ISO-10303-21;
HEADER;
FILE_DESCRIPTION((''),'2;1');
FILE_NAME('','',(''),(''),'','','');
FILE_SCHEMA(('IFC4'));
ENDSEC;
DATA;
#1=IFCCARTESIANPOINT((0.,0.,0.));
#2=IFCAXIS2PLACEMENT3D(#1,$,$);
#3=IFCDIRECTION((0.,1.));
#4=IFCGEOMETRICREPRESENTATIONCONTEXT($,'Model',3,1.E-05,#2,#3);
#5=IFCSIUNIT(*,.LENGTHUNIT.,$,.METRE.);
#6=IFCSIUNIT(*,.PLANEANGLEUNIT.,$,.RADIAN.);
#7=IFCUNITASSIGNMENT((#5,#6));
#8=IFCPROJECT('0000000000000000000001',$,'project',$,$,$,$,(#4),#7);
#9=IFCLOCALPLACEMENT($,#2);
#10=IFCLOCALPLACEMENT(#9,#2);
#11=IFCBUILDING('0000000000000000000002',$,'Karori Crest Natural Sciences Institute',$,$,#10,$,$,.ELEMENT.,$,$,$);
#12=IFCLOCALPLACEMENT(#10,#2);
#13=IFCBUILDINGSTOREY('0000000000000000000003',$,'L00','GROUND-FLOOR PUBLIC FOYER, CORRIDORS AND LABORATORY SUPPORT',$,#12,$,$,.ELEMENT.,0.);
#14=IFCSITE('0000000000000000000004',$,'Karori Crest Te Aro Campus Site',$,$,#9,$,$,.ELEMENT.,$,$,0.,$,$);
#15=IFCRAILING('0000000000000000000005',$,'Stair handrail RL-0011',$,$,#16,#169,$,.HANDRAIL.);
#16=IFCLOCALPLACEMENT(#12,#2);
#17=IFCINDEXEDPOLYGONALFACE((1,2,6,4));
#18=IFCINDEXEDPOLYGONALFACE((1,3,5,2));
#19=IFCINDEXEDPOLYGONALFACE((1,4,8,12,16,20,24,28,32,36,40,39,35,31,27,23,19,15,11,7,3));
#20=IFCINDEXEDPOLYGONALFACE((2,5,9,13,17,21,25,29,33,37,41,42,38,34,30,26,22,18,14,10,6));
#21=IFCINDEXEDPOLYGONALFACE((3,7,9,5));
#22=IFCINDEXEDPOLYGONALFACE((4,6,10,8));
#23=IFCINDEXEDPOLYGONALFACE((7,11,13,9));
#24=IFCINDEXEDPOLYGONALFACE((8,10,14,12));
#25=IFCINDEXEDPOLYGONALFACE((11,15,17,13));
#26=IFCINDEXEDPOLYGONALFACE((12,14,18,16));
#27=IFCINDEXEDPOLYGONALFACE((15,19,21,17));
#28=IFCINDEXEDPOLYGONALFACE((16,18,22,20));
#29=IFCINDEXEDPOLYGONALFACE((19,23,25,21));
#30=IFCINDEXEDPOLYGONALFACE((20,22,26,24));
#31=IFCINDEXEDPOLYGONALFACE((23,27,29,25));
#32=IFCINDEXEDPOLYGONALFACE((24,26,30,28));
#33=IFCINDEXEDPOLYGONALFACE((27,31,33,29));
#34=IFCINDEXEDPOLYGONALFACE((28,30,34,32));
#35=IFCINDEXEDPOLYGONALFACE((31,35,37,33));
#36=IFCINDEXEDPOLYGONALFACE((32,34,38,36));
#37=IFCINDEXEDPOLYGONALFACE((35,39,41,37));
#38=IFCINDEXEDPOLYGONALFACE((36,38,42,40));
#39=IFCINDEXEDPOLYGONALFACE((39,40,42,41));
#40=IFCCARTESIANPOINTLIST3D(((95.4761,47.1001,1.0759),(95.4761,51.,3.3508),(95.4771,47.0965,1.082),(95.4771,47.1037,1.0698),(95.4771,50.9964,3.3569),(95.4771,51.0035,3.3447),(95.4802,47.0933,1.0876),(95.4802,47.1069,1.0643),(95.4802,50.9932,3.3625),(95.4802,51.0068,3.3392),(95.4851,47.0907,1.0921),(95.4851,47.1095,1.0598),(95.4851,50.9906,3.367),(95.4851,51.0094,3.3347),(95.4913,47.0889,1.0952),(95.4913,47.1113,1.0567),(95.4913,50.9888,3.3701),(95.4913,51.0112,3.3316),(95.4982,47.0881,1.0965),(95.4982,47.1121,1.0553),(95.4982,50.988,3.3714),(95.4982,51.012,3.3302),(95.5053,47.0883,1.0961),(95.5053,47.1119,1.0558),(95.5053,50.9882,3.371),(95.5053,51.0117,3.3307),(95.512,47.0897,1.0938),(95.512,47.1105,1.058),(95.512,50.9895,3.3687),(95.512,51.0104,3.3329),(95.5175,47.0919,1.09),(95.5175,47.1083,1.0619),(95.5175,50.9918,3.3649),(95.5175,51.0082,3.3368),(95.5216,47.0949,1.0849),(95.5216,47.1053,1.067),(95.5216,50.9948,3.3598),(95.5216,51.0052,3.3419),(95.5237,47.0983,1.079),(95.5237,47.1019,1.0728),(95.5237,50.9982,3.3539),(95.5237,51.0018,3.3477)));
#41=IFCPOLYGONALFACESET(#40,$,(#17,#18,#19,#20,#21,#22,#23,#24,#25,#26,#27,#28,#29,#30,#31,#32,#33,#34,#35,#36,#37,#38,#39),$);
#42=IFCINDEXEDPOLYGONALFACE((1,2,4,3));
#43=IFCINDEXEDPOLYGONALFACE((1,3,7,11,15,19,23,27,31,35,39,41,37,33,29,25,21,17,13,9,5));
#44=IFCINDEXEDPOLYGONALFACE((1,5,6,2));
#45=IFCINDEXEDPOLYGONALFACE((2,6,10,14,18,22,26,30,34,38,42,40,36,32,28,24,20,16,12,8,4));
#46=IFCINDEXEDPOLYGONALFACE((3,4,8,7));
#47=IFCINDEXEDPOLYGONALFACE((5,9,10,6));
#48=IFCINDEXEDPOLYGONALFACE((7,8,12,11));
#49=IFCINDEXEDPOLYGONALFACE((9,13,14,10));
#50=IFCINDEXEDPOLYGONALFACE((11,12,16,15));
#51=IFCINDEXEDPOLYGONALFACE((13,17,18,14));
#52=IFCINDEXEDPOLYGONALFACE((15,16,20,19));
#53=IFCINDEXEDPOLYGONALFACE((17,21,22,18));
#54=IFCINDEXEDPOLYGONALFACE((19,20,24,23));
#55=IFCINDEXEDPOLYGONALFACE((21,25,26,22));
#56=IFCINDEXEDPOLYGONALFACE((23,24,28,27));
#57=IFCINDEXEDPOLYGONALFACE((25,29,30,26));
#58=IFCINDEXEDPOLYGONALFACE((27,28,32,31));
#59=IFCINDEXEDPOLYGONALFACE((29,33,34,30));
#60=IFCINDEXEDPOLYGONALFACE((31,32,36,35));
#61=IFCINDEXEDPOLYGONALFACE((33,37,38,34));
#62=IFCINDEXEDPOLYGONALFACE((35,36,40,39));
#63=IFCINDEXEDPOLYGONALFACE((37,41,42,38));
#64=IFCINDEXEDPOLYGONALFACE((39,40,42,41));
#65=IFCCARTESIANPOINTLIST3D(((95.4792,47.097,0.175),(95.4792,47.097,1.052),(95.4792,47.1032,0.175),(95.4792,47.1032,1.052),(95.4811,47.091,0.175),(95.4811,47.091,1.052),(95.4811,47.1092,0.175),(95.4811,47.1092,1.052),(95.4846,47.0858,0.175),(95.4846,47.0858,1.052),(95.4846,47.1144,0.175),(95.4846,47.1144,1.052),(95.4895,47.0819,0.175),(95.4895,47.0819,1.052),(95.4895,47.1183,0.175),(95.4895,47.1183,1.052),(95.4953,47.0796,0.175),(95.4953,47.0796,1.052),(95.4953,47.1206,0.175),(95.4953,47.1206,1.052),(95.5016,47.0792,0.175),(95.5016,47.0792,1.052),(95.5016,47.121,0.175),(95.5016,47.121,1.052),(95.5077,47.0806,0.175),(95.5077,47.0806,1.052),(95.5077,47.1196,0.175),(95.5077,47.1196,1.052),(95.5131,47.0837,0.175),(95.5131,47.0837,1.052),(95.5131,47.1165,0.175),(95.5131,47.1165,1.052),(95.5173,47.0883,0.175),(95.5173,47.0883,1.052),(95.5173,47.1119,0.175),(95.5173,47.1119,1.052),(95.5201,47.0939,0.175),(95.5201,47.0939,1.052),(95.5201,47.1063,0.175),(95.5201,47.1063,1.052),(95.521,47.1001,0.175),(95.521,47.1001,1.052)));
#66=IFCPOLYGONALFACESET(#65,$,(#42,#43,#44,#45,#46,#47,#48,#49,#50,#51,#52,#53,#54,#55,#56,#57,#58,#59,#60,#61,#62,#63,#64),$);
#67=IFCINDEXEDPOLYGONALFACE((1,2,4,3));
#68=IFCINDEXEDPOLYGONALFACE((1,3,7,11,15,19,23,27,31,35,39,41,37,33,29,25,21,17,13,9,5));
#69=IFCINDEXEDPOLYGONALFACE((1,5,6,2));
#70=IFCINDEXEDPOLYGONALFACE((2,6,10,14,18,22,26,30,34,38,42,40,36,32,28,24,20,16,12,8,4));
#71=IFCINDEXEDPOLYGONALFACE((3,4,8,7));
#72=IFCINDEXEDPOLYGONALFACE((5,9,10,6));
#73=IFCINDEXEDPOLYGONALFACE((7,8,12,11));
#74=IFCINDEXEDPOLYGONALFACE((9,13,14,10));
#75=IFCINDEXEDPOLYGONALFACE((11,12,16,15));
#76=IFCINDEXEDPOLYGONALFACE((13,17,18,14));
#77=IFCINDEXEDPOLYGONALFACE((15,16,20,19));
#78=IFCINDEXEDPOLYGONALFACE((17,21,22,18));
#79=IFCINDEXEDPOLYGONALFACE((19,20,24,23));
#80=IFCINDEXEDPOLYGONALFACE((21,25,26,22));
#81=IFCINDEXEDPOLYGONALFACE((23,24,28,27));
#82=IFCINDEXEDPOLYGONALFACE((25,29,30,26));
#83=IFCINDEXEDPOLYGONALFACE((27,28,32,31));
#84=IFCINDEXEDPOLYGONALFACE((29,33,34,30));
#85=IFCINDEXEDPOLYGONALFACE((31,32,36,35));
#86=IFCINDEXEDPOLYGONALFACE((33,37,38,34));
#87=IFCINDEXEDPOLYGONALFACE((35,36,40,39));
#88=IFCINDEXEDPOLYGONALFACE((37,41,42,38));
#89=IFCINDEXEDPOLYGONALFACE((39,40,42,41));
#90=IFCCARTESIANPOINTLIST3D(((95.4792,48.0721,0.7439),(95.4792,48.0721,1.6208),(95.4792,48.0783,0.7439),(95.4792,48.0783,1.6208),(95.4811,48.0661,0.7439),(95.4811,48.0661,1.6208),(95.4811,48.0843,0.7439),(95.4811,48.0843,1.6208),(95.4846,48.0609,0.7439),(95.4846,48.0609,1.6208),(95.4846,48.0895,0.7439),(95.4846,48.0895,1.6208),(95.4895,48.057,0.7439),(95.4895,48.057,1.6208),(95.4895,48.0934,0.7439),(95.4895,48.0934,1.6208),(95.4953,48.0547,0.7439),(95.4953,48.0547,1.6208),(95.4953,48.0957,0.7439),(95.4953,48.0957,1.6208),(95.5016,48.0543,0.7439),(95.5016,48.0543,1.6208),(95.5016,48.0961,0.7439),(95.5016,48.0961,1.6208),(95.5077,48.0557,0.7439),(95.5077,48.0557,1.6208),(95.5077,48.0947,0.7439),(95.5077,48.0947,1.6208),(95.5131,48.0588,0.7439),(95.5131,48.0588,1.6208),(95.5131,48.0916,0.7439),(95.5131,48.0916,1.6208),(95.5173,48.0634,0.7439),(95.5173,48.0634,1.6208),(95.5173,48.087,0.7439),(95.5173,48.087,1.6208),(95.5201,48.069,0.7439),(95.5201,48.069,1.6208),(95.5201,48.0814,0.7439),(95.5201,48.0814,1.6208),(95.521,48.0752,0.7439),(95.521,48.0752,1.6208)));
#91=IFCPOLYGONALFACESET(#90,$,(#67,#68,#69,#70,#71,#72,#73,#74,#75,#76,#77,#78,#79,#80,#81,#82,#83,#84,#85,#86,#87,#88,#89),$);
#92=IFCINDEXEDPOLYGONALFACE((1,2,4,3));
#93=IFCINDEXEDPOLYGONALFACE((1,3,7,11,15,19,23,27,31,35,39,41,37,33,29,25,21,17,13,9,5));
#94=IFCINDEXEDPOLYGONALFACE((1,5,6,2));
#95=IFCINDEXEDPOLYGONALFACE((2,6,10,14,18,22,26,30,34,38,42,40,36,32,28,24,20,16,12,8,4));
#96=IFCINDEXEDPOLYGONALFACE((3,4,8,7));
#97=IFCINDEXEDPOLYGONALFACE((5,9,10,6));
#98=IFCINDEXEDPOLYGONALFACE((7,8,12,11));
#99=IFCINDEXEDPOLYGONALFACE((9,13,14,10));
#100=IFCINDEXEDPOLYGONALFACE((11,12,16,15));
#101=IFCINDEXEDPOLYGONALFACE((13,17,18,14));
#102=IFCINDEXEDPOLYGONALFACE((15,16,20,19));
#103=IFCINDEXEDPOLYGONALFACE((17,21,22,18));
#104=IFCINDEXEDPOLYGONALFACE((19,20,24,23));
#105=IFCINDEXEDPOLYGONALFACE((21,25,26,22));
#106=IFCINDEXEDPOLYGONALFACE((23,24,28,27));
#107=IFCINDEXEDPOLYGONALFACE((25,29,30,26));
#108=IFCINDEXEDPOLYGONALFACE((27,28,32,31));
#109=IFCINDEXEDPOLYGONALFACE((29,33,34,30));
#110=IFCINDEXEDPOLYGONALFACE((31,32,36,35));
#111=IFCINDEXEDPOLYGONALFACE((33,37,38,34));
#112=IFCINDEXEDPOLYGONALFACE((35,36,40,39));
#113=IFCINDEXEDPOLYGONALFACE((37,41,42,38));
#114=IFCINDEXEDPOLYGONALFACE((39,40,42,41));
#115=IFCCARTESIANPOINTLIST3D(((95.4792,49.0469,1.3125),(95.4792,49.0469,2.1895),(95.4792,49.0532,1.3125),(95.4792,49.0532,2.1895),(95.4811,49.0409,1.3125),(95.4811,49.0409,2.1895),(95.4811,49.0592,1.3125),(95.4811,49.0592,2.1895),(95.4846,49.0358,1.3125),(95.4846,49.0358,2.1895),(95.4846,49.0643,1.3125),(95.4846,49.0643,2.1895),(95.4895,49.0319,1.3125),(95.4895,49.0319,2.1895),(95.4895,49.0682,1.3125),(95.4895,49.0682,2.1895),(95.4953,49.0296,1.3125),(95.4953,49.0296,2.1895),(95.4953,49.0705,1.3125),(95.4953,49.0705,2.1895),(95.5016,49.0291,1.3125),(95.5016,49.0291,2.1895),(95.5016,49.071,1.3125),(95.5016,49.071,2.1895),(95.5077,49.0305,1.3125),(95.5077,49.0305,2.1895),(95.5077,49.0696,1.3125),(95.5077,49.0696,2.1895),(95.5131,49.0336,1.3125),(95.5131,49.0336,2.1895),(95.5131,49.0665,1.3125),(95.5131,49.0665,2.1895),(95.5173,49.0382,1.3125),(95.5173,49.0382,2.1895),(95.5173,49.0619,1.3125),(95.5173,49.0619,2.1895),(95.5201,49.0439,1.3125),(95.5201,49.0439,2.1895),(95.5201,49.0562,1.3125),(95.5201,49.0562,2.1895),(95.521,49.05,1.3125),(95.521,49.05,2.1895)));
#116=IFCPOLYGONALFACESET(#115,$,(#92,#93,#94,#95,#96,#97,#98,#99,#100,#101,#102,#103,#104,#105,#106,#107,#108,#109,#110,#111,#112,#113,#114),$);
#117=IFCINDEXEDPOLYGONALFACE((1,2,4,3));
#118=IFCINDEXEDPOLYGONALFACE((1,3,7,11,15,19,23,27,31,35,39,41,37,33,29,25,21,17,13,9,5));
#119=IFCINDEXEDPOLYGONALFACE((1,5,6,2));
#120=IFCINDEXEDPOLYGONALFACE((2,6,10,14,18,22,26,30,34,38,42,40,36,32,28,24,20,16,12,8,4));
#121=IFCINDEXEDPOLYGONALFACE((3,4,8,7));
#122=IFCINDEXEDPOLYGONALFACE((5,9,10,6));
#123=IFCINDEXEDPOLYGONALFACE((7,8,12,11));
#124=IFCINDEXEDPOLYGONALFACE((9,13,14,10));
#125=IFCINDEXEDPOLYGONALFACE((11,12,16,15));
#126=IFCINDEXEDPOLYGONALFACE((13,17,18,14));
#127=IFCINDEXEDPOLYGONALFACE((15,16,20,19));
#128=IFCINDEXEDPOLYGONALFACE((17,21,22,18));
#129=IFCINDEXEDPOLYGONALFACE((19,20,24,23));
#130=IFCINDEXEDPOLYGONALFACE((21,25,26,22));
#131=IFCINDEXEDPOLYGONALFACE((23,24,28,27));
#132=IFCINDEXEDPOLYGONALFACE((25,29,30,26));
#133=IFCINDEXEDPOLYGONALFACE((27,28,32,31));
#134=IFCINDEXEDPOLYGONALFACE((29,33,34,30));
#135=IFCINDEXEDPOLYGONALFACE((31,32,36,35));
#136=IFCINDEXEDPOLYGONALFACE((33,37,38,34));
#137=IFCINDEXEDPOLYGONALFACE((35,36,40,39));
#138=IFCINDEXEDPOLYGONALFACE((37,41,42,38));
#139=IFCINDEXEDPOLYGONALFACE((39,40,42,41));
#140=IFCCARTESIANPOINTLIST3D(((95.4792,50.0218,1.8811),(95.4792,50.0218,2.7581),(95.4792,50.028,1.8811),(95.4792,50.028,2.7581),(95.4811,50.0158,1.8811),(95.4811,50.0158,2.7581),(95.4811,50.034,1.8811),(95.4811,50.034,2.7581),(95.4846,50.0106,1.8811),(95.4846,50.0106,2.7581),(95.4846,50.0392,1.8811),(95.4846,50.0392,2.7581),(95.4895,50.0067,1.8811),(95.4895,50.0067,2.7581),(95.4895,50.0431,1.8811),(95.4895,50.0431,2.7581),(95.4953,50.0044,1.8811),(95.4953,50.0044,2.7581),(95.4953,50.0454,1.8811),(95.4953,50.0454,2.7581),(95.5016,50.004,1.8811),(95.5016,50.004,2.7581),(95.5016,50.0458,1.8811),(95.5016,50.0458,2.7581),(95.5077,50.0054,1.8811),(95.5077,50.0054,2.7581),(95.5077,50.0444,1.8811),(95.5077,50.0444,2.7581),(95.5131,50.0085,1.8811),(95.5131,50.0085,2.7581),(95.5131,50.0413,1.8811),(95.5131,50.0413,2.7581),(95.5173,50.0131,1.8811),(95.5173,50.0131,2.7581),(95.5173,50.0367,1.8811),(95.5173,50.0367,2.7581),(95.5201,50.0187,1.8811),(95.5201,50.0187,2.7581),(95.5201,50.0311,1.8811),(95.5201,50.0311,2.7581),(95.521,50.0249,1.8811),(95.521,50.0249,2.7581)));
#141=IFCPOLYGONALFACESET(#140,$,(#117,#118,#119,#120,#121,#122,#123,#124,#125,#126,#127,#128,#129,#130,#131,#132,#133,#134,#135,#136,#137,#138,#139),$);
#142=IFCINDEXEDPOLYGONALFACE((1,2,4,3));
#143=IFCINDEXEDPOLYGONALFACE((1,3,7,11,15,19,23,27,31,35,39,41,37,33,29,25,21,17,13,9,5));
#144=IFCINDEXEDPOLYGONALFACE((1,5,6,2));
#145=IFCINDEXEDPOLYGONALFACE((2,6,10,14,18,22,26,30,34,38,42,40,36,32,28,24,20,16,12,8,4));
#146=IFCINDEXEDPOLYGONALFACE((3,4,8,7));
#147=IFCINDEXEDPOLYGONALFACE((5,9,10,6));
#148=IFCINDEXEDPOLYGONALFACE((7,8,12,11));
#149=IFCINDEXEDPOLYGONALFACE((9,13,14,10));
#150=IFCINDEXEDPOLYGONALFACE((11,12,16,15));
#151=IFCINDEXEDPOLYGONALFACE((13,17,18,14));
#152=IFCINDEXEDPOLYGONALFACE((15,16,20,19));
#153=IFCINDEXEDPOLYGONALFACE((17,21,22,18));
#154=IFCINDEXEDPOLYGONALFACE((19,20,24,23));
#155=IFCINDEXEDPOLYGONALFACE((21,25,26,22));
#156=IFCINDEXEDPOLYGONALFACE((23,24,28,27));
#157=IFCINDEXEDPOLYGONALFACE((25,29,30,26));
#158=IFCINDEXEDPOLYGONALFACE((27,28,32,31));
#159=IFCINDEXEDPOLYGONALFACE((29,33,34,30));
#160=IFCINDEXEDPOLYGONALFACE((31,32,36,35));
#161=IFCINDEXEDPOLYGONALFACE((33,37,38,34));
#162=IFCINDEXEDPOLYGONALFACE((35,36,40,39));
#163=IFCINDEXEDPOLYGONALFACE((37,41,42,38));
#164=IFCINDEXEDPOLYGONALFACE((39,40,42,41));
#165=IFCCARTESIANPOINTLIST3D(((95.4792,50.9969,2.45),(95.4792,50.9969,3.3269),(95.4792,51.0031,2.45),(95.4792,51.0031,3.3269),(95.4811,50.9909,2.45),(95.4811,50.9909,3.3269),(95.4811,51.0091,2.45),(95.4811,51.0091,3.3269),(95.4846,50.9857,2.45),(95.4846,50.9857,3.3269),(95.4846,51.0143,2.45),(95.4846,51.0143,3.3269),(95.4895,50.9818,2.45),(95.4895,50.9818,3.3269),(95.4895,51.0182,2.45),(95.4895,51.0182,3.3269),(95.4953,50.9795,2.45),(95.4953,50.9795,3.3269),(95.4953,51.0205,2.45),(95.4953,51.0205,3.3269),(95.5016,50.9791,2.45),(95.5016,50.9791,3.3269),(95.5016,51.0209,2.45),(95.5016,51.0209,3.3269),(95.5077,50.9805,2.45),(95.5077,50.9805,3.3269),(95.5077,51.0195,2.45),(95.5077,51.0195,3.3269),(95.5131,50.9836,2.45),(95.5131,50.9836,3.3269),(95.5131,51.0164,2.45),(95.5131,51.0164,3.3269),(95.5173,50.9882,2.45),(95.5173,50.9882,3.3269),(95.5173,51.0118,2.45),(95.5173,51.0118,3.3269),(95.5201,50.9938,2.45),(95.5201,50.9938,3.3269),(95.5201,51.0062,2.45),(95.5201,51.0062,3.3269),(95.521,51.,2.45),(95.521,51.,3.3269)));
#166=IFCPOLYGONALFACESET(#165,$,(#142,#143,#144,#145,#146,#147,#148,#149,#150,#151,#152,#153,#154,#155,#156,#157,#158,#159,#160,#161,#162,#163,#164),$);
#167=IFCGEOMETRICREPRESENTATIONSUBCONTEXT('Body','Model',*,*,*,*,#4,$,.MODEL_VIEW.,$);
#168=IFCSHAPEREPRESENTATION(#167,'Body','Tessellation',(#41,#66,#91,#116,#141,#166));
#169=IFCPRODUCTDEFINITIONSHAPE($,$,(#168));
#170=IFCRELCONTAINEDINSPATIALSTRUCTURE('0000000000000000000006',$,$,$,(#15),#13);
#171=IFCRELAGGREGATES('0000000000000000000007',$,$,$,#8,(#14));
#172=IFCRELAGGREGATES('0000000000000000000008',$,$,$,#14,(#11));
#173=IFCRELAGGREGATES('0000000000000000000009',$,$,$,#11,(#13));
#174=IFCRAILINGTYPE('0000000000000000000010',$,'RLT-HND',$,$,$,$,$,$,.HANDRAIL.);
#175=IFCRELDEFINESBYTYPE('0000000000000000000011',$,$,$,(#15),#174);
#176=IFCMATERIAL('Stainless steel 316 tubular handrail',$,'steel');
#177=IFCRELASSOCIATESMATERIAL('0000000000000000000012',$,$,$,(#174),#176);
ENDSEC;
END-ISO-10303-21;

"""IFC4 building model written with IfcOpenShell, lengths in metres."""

from ifc_helpers import new_model, si_unit, direction, frame, origin, origin_2d, place, context, subcontext, project, spatial, circle, extrude, material, type_object, element, save


model = new_model("IFC4")

# Units and contexts
model_context = context("Model", 3, precision=1e-05, world=origin(), true_north=direction((0.0, 1.0)))
body_context = subcontext(model_context, "Body", "Model", "MODEL_VIEW")
ifc_project = project(units=[si_unit("LENGTHUNIT", "METRE"), si_unit("PLANEANGLEUNIT", "RADIAN")], contexts=[model_context])

# Site, building, storey
site_placement = place(None, origin())
site = spatial("IfcSite", under=ifc_project, at=site_placement, Name="Karori Crest Te Aro Campus Site", CompositionType="ELEMENT", RefElevation=0.0)
building_placement = place(site_placement, origin())
building = spatial("IfcBuilding", under=site, at=building_placement, Name="Karori Crest Natural Sciences Institute", CompositionType="ELEMENT")
storey_placement = place(building_placement, origin())
storey = spatial("IfcBuildingStorey", under=building, at=storey_placement, Name="L00", Description="GROUND-FLOOR PUBLIC FOYER, CORRIDORS AND LABORATORY SUPPORT", CompositionType="ELEMENT", Elevation=0.0)

# Railing
ifc_material_1 = material(Name="Stainless steel 316 tubular handrail", Category="steel")
railing_type = type_object("IfcRailingType", Name="RLT-HND", PredefinedType="HANDRAIL", material=ifc_material_1)
railing_placement = place(storey_placement, frame((95.5, 47.1001, 0.175)))
element("IfcRailing", 1, at=railing_placement, inside=storey, type_object=railing_type, Name="Stair handrail RL-0011", PredefinedType="HANDRAIL", context=body_context, shape_type="SweptSolid", body=[
    extrude(circle(Radius=0.0239, at=origin_2d()), frame((0.0, 0.0, 0.9009), z_axis=(0.0, 0.863783, 0.503864), x_axis=(-1.0, 0.0, 0.0)), (0.0, 0.0, 1.0), 4.5149),
    extrude(circle(Radius=0.021, at=origin_2d()), origin(), (0.0, 0.0, 1.0), 0.877),
    extrude(circle(Radius=0.021, at=origin_2d()), frame((0.0, 0.9751, 0.5688)), (0.0, 0.0, 1.0), 0.877),
    extrude(circle(Radius=0.021, at=origin_2d()), frame((0.0, 1.95, 1.1375)), (0.0, 0.0, 1.0), 0.877),
    extrude(circle(Radius=0.021, at=origin_2d()), frame((0.0, 2.9248, 1.7061)), (0.0, 0.0, 1.0), 0.877),
    extrude(circle(Radius=0.021, at=origin_2d()), frame((0.0, 3.8999, 2.2749)), (0.0, 0.0, 1.0), 0.877),
])

save(model, "model.ifc")
